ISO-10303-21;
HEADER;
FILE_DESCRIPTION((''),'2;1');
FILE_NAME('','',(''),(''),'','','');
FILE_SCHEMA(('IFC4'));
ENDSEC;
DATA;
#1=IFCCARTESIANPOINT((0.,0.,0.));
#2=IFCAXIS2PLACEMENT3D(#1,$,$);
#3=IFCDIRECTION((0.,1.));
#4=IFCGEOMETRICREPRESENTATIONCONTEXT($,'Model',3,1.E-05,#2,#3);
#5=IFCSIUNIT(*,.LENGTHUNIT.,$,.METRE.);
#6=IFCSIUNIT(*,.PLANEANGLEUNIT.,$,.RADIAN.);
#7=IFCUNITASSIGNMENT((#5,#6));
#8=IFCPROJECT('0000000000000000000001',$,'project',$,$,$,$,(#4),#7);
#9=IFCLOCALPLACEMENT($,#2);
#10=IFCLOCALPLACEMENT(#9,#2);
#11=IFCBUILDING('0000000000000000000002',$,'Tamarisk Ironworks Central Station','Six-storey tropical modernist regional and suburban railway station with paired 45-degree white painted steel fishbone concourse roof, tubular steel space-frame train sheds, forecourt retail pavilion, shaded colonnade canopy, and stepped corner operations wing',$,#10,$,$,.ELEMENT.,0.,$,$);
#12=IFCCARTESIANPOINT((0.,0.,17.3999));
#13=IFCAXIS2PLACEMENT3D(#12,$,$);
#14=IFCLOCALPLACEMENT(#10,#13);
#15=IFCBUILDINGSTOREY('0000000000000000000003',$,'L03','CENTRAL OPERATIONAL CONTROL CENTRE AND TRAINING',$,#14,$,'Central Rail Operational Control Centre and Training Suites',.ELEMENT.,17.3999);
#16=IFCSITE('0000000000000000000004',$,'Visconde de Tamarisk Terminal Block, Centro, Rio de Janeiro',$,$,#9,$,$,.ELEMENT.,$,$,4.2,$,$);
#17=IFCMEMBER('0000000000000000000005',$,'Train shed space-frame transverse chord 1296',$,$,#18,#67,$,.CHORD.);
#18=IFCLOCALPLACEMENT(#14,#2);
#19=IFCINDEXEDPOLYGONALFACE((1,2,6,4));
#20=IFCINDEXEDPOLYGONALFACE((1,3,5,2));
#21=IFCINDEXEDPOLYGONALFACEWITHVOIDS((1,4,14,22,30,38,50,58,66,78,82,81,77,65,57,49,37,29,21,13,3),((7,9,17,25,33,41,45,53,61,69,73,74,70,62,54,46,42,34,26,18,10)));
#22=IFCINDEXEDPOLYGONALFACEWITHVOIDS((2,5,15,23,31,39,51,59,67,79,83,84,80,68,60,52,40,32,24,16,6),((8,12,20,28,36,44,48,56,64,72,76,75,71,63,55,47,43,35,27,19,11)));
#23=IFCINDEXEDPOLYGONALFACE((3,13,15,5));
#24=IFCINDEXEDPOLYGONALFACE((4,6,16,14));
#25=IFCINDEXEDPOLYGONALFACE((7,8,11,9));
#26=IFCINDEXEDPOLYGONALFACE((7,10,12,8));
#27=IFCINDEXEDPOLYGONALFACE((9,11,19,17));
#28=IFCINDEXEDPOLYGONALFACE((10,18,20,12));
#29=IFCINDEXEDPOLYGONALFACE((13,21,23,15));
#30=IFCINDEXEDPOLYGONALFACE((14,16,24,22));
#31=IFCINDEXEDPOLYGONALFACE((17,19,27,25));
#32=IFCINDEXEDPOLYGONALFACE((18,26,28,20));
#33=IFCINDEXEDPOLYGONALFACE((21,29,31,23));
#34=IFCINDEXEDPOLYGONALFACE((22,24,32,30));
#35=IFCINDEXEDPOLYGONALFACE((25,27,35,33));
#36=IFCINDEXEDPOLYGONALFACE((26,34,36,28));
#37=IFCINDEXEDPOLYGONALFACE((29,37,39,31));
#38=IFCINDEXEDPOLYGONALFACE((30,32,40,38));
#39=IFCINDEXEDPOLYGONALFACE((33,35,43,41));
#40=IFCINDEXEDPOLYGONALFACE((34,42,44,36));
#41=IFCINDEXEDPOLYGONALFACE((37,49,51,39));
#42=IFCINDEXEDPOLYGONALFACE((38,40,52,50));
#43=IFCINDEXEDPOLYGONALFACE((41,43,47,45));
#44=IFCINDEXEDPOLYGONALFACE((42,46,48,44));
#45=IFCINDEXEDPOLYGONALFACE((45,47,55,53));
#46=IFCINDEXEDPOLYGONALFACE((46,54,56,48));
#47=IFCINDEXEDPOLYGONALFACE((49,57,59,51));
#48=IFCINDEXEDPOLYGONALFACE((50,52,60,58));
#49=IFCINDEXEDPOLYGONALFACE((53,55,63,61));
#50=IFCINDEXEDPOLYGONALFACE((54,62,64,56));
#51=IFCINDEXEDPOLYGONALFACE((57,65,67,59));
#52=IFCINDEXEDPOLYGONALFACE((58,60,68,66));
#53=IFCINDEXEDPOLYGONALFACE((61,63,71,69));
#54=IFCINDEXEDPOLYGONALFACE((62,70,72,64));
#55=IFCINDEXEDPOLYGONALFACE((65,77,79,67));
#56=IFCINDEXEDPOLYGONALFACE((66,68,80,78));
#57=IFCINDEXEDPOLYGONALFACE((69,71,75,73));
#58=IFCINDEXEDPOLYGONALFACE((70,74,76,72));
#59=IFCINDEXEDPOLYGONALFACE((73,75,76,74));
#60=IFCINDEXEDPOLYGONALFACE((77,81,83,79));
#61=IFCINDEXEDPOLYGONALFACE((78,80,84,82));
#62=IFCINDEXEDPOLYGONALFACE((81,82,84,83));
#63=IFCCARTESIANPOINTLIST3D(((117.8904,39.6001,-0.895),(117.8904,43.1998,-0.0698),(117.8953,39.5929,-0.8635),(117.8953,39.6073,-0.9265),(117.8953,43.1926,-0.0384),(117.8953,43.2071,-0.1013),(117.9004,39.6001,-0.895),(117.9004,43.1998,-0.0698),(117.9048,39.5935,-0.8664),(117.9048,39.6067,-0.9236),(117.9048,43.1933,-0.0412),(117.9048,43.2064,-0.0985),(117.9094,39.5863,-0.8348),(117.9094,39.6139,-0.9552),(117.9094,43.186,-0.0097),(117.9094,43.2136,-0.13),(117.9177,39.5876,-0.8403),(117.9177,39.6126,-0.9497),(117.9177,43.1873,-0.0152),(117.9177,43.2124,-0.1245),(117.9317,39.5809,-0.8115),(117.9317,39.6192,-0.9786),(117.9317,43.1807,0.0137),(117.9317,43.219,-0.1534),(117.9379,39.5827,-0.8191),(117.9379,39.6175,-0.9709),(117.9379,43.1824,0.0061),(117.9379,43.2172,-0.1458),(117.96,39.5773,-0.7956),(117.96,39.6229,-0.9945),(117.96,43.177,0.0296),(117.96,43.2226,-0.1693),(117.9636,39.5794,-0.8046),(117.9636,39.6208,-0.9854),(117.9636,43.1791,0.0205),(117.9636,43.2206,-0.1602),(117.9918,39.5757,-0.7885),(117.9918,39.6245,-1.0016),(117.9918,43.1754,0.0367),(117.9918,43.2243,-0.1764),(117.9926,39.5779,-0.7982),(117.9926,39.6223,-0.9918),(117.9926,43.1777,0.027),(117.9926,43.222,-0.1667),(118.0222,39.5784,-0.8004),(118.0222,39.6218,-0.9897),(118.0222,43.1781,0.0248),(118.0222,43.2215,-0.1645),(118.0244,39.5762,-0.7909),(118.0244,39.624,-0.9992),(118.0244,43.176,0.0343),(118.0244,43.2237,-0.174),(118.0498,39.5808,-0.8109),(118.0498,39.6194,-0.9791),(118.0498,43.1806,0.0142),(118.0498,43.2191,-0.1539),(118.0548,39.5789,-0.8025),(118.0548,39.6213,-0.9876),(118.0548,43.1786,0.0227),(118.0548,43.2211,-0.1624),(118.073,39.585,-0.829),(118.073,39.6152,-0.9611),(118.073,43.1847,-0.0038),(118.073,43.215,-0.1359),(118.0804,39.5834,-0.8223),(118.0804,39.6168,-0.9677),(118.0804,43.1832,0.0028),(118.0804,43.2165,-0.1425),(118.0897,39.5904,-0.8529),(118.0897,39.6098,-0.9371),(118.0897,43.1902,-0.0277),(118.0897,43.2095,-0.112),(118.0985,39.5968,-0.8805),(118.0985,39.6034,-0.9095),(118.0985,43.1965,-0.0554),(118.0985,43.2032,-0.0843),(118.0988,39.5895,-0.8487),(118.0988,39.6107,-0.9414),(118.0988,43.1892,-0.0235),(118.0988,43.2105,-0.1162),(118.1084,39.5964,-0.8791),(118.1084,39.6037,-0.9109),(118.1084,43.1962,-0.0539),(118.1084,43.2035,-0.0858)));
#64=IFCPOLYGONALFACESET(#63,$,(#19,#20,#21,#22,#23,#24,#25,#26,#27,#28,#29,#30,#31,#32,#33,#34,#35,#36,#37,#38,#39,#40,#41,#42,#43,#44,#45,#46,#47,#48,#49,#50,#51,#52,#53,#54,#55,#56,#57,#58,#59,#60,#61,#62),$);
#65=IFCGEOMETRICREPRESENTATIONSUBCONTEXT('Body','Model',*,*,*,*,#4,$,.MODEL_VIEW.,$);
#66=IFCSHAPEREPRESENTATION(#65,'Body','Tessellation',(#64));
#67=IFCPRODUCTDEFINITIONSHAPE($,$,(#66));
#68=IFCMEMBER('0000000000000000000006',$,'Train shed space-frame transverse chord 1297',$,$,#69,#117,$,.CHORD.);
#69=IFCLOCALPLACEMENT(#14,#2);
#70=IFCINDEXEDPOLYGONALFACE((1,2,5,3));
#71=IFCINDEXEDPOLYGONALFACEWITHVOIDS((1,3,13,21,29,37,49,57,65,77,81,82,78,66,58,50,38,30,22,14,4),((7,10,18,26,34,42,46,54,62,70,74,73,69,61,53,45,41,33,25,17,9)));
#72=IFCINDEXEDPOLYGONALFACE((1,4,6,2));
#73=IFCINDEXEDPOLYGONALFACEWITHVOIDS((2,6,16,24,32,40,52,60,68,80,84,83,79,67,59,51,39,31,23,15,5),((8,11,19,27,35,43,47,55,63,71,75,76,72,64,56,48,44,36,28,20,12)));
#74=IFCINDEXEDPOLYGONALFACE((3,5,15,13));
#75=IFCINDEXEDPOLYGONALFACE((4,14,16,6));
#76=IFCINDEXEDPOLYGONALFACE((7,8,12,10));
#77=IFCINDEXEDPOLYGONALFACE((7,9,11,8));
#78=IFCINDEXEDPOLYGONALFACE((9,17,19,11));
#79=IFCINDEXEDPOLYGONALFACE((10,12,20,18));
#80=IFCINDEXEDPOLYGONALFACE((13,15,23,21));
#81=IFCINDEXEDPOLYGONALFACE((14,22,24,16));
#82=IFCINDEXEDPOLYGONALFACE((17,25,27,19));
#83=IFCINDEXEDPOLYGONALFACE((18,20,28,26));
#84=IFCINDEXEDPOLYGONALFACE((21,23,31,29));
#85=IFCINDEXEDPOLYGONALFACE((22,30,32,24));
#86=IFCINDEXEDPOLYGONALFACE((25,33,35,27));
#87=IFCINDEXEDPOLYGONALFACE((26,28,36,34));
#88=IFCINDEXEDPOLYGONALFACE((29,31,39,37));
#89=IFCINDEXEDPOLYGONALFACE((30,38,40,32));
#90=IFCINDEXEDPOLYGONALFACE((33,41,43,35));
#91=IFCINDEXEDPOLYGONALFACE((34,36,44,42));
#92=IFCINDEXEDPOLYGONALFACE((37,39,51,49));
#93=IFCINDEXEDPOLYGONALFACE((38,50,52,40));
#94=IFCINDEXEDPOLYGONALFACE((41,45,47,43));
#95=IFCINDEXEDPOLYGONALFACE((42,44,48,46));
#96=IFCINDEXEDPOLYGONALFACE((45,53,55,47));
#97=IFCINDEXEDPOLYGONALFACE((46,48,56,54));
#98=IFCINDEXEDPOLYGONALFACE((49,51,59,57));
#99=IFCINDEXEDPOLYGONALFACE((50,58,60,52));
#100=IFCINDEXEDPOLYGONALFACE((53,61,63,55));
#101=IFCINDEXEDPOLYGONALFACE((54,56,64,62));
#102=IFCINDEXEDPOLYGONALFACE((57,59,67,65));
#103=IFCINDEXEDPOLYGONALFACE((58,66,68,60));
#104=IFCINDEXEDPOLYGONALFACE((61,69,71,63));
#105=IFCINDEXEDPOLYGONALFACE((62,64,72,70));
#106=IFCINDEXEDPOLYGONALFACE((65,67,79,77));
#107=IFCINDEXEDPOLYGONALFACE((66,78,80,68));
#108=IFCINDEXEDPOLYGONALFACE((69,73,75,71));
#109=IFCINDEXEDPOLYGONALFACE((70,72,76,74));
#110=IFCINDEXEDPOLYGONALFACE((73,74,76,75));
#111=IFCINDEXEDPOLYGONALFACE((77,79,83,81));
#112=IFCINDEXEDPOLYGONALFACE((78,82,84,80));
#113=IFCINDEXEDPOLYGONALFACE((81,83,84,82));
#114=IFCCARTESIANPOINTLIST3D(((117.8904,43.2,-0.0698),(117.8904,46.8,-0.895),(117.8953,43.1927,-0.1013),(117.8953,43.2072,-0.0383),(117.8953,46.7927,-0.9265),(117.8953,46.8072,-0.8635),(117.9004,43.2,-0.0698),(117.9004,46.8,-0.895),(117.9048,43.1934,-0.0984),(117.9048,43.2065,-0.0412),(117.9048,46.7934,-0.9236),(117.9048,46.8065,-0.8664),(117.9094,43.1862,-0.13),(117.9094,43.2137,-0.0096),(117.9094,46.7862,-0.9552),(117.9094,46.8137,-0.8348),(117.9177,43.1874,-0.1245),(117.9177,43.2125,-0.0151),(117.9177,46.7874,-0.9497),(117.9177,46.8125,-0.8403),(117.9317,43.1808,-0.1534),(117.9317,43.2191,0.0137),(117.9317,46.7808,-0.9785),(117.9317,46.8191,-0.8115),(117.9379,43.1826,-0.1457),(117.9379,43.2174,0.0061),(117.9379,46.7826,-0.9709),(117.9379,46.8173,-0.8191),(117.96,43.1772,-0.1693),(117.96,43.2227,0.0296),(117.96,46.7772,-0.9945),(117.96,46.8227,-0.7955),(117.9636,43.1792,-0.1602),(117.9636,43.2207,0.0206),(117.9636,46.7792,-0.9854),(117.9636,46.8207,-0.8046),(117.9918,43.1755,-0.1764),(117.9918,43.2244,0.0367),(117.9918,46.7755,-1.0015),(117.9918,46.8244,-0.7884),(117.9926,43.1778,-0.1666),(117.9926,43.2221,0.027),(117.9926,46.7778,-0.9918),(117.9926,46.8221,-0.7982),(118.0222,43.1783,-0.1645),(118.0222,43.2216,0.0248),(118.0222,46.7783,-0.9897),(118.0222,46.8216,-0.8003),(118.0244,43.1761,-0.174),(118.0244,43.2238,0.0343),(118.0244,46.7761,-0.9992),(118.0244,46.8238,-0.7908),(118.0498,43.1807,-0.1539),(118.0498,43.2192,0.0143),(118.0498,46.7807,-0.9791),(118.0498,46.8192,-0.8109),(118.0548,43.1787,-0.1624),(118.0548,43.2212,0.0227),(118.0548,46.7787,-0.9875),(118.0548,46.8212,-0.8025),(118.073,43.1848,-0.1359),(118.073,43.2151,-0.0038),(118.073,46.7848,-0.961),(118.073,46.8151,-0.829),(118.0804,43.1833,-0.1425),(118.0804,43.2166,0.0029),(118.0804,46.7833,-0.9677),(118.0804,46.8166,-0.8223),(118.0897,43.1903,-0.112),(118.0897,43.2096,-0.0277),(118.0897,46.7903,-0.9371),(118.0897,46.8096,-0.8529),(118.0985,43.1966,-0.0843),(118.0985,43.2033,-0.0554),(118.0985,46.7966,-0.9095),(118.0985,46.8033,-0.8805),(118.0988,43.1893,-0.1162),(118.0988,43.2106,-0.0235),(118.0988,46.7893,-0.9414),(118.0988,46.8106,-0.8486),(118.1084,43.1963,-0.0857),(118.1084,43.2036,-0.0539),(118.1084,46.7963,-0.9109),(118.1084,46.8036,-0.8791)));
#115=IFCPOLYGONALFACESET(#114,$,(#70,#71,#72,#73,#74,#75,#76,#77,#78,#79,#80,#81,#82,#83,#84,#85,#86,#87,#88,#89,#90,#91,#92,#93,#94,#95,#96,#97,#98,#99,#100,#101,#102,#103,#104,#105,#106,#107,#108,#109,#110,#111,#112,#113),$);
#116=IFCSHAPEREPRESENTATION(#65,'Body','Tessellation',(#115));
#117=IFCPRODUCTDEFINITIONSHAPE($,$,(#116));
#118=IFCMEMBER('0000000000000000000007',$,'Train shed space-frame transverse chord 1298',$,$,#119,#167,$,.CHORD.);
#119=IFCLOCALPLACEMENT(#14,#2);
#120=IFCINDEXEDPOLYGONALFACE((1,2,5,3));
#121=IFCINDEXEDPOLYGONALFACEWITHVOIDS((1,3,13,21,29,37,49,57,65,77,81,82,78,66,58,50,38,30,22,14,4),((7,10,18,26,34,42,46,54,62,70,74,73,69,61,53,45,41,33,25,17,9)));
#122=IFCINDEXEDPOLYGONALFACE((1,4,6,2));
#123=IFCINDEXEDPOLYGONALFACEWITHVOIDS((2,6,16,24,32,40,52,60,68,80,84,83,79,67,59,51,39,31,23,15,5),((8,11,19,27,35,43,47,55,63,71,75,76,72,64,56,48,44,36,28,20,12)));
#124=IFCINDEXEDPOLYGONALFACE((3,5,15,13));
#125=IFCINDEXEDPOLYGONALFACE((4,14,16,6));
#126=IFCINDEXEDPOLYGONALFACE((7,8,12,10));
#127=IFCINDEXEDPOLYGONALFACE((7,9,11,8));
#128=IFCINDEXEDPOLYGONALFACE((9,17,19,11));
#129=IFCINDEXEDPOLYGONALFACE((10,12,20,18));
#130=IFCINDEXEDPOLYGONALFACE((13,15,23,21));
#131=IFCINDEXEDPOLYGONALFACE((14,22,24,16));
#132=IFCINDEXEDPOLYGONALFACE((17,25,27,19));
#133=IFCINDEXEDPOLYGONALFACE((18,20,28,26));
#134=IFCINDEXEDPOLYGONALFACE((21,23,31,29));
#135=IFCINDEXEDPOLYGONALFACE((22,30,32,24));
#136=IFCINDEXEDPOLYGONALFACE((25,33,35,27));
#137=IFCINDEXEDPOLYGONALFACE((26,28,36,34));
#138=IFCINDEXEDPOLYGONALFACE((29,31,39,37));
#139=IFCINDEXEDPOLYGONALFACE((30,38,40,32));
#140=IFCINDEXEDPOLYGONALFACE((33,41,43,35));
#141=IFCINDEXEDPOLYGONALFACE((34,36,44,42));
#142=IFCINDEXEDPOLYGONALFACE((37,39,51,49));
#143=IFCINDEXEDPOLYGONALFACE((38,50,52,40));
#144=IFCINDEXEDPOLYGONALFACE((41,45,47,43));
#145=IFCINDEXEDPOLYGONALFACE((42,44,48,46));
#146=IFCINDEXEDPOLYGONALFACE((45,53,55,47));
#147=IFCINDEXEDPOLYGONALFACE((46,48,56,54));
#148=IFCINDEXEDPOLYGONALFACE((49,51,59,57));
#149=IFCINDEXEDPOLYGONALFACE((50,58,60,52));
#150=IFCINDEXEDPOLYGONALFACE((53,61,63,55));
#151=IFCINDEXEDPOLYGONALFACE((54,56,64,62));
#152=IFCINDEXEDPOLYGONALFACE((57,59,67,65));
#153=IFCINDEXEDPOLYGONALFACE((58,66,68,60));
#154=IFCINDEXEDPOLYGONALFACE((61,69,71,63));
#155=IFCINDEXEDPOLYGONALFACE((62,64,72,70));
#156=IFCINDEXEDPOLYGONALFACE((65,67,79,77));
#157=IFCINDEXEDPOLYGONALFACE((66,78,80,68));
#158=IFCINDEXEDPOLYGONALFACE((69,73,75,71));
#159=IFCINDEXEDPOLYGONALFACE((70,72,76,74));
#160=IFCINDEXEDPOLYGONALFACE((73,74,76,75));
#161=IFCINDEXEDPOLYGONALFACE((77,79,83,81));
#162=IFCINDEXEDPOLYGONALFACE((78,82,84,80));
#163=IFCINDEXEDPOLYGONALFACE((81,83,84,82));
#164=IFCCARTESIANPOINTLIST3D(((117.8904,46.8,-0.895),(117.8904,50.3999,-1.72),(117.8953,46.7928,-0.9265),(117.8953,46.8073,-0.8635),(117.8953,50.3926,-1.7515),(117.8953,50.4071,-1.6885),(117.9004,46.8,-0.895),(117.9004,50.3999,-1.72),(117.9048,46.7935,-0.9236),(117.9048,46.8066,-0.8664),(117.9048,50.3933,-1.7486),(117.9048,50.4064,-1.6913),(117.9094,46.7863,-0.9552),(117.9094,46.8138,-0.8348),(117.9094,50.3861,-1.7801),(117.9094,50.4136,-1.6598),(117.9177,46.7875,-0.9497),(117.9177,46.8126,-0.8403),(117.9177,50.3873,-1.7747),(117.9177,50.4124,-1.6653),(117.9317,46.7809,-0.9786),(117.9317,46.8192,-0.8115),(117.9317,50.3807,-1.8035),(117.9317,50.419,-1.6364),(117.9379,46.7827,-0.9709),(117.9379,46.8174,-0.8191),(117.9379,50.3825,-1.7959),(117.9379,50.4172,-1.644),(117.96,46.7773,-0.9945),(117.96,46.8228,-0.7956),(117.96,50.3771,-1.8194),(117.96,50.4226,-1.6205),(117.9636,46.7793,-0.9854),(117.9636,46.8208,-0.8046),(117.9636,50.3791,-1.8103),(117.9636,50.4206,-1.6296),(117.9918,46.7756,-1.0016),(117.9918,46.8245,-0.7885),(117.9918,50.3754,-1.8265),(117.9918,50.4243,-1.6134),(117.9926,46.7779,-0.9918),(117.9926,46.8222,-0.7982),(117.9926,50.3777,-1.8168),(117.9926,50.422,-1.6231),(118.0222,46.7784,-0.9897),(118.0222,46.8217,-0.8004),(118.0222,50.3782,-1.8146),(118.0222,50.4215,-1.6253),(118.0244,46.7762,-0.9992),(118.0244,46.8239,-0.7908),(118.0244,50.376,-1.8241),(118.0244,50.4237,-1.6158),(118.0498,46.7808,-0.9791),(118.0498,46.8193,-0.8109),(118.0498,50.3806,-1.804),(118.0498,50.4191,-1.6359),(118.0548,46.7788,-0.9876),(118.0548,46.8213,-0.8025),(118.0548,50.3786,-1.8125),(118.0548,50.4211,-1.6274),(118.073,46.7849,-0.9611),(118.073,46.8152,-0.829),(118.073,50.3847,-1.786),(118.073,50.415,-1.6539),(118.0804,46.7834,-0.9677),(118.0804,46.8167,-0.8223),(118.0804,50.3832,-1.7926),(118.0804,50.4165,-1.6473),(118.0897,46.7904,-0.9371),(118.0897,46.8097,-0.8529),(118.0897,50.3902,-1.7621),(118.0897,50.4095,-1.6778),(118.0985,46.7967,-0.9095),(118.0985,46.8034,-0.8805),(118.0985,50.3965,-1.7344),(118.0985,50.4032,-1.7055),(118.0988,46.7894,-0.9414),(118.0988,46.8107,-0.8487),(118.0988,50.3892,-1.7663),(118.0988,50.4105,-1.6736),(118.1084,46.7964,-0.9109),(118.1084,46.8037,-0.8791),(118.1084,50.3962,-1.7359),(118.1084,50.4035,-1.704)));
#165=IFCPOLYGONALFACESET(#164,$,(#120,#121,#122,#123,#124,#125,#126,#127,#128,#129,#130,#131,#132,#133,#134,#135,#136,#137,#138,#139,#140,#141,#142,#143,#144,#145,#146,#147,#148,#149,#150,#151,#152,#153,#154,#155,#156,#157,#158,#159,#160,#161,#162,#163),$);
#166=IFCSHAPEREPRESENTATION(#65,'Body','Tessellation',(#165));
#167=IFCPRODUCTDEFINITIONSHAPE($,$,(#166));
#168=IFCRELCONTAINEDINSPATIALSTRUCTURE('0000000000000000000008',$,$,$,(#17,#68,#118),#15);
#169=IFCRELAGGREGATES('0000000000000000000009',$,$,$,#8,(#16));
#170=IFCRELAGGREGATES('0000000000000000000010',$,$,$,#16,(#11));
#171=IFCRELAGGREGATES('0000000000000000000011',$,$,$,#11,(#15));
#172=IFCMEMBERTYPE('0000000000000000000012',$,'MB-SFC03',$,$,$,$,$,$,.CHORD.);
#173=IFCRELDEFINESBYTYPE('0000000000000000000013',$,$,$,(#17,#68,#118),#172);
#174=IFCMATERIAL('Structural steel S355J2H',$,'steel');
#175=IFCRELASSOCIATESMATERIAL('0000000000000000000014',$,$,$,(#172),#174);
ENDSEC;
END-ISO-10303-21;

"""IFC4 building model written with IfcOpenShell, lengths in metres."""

from ifc_helpers import new_model, si_unit, direction, frame, origin, origin_2d, place, context, subcontext, project, spatial, hollow_circle, extrude, material, material_profile, profile_set, type_object, element, save


model = new_model("IFC4")

# Units and contexts
model_context = context("Model", 3, precision=1e-05, world=origin(), true_north=direction((0.0, 1.0)))
body_context = subcontext(model_context, "Body", "Model", "MODEL_VIEW")
ifc_project = project(units=[si_unit("LENGTHUNIT", "METRE"), si_unit("PLANEANGLEUNIT", "RADIAN")], contexts=[model_context])

# Site, building, storey
site_placement = place(None, origin())
site = spatial("IfcSite", under=ifc_project, at=site_placement, Name="Visconde de Tamarisk Terminal Block, Centro, Rio de Janeiro", CompositionType="ELEMENT", RefElevation=4.2)
building_placement = place(site_placement, origin())
building = spatial("IfcBuilding", under=site, at=building_placement, Name="Tamarisk Ironworks Central Station", Description="Six-storey tropical modernist regional and suburban railway station with paired 45-degree white painted steel fishbone concourse roof, tubular steel space-frame train sheds, forecourt retail pavilion, shaded colonnade canopy, and stepped corner operations wing", CompositionType="ELEMENT", ElevationOfRefHeight=0.0)
storey_placement = place(building_placement, frame((0.0, 0.0, 17.3999)))
storey = spatial("IfcBuildingStorey", under=building, at=storey_placement, Name="L03", Description="CENTRAL OPERATIONAL CONTROL CENTRE AND TRAINING", LongName="Central Rail Operational Control Centre and Training Suites", CompositionType="ELEMENT", Elevation=17.3999)

# Members
ifc_material_1 = material(Name="Structural steel S355J2H", Category="steel")
ifc_material_profile_1 = material_profile(ifc_material_1, hollow_circle(Radius=0.1096, WallThickness=0.01, at=origin_2d()), Name="CHS 219.1x10")
ifc_profile_set_1 = profile_set([ifc_material_profile_1], Name="Structural steel S355J2H")
member_type_1 = type_object("IfcMemberType", Name="MB-SFC03", PredefinedType="CHORD", material=ifc_profile_set_1)
member_1_placement = place(storey_placement, frame((118.0, 39.6001, -0.895), z_axis=(0.0, 0.974719, 0.223435), x_axis=(-1.0, 0.0, 0.0)))
element("IfcMember", 1, at=member_1_placement, inside=storey, type_object=member_type_1, Name="Train shed space-frame transverse chord 1296", PredefinedType="CHORD", context=body_context, shape_type="SweptSolid", body=[
    extrude(hollow_circle(Radius=0.1096, WallThickness=0.01, at=origin_2d()), origin(), (0.0, 0.0, 1.0), 3.6931),
])
member_2_placement = place(storey_placement, frame((118.0, 43.2, -0.0698), z_axis=(0.0, 0.974722, -0.223421), x_axis=(-1.0, 0.0, 0.0)))
element("IfcMember", 2, at=member_2_placement, inside=storey, type_object=member_type_1, Name="Train shed space-frame transverse chord 1297", PredefinedType="CHORD", context=body_context, shape_type="SweptSolid", body=[
    extrude(hollow_circle(Radius=0.1096, WallThickness=0.01, at=origin_2d()), origin(), (0.0, 0.0, 1.0), 3.6934),
])
for number, where, z_axis, x_axis, name in (
    (3, (118.0, 46.8, -0.895), (0.0, 0.974733, -0.223372), (-1.0, 0.0, 0.0), "Train shed space-frame transverse chord 1298"),
):
    element("IfcMember", number, at=place(storey_placement, frame(where, z_axis=z_axis, x_axis=x_axis)), inside=storey, type_object=member_type_1, Name=name, PredefinedType="CHORD", context=body_context, shape_type="SweptSolid", body=[
        extrude(hollow_circle(Radius=0.1096, WallThickness=0.01, at=origin_2d()), origin(), (0.0, 0.0, 1.0), 3.6931),
    ])

save(model, "model.ifc")
